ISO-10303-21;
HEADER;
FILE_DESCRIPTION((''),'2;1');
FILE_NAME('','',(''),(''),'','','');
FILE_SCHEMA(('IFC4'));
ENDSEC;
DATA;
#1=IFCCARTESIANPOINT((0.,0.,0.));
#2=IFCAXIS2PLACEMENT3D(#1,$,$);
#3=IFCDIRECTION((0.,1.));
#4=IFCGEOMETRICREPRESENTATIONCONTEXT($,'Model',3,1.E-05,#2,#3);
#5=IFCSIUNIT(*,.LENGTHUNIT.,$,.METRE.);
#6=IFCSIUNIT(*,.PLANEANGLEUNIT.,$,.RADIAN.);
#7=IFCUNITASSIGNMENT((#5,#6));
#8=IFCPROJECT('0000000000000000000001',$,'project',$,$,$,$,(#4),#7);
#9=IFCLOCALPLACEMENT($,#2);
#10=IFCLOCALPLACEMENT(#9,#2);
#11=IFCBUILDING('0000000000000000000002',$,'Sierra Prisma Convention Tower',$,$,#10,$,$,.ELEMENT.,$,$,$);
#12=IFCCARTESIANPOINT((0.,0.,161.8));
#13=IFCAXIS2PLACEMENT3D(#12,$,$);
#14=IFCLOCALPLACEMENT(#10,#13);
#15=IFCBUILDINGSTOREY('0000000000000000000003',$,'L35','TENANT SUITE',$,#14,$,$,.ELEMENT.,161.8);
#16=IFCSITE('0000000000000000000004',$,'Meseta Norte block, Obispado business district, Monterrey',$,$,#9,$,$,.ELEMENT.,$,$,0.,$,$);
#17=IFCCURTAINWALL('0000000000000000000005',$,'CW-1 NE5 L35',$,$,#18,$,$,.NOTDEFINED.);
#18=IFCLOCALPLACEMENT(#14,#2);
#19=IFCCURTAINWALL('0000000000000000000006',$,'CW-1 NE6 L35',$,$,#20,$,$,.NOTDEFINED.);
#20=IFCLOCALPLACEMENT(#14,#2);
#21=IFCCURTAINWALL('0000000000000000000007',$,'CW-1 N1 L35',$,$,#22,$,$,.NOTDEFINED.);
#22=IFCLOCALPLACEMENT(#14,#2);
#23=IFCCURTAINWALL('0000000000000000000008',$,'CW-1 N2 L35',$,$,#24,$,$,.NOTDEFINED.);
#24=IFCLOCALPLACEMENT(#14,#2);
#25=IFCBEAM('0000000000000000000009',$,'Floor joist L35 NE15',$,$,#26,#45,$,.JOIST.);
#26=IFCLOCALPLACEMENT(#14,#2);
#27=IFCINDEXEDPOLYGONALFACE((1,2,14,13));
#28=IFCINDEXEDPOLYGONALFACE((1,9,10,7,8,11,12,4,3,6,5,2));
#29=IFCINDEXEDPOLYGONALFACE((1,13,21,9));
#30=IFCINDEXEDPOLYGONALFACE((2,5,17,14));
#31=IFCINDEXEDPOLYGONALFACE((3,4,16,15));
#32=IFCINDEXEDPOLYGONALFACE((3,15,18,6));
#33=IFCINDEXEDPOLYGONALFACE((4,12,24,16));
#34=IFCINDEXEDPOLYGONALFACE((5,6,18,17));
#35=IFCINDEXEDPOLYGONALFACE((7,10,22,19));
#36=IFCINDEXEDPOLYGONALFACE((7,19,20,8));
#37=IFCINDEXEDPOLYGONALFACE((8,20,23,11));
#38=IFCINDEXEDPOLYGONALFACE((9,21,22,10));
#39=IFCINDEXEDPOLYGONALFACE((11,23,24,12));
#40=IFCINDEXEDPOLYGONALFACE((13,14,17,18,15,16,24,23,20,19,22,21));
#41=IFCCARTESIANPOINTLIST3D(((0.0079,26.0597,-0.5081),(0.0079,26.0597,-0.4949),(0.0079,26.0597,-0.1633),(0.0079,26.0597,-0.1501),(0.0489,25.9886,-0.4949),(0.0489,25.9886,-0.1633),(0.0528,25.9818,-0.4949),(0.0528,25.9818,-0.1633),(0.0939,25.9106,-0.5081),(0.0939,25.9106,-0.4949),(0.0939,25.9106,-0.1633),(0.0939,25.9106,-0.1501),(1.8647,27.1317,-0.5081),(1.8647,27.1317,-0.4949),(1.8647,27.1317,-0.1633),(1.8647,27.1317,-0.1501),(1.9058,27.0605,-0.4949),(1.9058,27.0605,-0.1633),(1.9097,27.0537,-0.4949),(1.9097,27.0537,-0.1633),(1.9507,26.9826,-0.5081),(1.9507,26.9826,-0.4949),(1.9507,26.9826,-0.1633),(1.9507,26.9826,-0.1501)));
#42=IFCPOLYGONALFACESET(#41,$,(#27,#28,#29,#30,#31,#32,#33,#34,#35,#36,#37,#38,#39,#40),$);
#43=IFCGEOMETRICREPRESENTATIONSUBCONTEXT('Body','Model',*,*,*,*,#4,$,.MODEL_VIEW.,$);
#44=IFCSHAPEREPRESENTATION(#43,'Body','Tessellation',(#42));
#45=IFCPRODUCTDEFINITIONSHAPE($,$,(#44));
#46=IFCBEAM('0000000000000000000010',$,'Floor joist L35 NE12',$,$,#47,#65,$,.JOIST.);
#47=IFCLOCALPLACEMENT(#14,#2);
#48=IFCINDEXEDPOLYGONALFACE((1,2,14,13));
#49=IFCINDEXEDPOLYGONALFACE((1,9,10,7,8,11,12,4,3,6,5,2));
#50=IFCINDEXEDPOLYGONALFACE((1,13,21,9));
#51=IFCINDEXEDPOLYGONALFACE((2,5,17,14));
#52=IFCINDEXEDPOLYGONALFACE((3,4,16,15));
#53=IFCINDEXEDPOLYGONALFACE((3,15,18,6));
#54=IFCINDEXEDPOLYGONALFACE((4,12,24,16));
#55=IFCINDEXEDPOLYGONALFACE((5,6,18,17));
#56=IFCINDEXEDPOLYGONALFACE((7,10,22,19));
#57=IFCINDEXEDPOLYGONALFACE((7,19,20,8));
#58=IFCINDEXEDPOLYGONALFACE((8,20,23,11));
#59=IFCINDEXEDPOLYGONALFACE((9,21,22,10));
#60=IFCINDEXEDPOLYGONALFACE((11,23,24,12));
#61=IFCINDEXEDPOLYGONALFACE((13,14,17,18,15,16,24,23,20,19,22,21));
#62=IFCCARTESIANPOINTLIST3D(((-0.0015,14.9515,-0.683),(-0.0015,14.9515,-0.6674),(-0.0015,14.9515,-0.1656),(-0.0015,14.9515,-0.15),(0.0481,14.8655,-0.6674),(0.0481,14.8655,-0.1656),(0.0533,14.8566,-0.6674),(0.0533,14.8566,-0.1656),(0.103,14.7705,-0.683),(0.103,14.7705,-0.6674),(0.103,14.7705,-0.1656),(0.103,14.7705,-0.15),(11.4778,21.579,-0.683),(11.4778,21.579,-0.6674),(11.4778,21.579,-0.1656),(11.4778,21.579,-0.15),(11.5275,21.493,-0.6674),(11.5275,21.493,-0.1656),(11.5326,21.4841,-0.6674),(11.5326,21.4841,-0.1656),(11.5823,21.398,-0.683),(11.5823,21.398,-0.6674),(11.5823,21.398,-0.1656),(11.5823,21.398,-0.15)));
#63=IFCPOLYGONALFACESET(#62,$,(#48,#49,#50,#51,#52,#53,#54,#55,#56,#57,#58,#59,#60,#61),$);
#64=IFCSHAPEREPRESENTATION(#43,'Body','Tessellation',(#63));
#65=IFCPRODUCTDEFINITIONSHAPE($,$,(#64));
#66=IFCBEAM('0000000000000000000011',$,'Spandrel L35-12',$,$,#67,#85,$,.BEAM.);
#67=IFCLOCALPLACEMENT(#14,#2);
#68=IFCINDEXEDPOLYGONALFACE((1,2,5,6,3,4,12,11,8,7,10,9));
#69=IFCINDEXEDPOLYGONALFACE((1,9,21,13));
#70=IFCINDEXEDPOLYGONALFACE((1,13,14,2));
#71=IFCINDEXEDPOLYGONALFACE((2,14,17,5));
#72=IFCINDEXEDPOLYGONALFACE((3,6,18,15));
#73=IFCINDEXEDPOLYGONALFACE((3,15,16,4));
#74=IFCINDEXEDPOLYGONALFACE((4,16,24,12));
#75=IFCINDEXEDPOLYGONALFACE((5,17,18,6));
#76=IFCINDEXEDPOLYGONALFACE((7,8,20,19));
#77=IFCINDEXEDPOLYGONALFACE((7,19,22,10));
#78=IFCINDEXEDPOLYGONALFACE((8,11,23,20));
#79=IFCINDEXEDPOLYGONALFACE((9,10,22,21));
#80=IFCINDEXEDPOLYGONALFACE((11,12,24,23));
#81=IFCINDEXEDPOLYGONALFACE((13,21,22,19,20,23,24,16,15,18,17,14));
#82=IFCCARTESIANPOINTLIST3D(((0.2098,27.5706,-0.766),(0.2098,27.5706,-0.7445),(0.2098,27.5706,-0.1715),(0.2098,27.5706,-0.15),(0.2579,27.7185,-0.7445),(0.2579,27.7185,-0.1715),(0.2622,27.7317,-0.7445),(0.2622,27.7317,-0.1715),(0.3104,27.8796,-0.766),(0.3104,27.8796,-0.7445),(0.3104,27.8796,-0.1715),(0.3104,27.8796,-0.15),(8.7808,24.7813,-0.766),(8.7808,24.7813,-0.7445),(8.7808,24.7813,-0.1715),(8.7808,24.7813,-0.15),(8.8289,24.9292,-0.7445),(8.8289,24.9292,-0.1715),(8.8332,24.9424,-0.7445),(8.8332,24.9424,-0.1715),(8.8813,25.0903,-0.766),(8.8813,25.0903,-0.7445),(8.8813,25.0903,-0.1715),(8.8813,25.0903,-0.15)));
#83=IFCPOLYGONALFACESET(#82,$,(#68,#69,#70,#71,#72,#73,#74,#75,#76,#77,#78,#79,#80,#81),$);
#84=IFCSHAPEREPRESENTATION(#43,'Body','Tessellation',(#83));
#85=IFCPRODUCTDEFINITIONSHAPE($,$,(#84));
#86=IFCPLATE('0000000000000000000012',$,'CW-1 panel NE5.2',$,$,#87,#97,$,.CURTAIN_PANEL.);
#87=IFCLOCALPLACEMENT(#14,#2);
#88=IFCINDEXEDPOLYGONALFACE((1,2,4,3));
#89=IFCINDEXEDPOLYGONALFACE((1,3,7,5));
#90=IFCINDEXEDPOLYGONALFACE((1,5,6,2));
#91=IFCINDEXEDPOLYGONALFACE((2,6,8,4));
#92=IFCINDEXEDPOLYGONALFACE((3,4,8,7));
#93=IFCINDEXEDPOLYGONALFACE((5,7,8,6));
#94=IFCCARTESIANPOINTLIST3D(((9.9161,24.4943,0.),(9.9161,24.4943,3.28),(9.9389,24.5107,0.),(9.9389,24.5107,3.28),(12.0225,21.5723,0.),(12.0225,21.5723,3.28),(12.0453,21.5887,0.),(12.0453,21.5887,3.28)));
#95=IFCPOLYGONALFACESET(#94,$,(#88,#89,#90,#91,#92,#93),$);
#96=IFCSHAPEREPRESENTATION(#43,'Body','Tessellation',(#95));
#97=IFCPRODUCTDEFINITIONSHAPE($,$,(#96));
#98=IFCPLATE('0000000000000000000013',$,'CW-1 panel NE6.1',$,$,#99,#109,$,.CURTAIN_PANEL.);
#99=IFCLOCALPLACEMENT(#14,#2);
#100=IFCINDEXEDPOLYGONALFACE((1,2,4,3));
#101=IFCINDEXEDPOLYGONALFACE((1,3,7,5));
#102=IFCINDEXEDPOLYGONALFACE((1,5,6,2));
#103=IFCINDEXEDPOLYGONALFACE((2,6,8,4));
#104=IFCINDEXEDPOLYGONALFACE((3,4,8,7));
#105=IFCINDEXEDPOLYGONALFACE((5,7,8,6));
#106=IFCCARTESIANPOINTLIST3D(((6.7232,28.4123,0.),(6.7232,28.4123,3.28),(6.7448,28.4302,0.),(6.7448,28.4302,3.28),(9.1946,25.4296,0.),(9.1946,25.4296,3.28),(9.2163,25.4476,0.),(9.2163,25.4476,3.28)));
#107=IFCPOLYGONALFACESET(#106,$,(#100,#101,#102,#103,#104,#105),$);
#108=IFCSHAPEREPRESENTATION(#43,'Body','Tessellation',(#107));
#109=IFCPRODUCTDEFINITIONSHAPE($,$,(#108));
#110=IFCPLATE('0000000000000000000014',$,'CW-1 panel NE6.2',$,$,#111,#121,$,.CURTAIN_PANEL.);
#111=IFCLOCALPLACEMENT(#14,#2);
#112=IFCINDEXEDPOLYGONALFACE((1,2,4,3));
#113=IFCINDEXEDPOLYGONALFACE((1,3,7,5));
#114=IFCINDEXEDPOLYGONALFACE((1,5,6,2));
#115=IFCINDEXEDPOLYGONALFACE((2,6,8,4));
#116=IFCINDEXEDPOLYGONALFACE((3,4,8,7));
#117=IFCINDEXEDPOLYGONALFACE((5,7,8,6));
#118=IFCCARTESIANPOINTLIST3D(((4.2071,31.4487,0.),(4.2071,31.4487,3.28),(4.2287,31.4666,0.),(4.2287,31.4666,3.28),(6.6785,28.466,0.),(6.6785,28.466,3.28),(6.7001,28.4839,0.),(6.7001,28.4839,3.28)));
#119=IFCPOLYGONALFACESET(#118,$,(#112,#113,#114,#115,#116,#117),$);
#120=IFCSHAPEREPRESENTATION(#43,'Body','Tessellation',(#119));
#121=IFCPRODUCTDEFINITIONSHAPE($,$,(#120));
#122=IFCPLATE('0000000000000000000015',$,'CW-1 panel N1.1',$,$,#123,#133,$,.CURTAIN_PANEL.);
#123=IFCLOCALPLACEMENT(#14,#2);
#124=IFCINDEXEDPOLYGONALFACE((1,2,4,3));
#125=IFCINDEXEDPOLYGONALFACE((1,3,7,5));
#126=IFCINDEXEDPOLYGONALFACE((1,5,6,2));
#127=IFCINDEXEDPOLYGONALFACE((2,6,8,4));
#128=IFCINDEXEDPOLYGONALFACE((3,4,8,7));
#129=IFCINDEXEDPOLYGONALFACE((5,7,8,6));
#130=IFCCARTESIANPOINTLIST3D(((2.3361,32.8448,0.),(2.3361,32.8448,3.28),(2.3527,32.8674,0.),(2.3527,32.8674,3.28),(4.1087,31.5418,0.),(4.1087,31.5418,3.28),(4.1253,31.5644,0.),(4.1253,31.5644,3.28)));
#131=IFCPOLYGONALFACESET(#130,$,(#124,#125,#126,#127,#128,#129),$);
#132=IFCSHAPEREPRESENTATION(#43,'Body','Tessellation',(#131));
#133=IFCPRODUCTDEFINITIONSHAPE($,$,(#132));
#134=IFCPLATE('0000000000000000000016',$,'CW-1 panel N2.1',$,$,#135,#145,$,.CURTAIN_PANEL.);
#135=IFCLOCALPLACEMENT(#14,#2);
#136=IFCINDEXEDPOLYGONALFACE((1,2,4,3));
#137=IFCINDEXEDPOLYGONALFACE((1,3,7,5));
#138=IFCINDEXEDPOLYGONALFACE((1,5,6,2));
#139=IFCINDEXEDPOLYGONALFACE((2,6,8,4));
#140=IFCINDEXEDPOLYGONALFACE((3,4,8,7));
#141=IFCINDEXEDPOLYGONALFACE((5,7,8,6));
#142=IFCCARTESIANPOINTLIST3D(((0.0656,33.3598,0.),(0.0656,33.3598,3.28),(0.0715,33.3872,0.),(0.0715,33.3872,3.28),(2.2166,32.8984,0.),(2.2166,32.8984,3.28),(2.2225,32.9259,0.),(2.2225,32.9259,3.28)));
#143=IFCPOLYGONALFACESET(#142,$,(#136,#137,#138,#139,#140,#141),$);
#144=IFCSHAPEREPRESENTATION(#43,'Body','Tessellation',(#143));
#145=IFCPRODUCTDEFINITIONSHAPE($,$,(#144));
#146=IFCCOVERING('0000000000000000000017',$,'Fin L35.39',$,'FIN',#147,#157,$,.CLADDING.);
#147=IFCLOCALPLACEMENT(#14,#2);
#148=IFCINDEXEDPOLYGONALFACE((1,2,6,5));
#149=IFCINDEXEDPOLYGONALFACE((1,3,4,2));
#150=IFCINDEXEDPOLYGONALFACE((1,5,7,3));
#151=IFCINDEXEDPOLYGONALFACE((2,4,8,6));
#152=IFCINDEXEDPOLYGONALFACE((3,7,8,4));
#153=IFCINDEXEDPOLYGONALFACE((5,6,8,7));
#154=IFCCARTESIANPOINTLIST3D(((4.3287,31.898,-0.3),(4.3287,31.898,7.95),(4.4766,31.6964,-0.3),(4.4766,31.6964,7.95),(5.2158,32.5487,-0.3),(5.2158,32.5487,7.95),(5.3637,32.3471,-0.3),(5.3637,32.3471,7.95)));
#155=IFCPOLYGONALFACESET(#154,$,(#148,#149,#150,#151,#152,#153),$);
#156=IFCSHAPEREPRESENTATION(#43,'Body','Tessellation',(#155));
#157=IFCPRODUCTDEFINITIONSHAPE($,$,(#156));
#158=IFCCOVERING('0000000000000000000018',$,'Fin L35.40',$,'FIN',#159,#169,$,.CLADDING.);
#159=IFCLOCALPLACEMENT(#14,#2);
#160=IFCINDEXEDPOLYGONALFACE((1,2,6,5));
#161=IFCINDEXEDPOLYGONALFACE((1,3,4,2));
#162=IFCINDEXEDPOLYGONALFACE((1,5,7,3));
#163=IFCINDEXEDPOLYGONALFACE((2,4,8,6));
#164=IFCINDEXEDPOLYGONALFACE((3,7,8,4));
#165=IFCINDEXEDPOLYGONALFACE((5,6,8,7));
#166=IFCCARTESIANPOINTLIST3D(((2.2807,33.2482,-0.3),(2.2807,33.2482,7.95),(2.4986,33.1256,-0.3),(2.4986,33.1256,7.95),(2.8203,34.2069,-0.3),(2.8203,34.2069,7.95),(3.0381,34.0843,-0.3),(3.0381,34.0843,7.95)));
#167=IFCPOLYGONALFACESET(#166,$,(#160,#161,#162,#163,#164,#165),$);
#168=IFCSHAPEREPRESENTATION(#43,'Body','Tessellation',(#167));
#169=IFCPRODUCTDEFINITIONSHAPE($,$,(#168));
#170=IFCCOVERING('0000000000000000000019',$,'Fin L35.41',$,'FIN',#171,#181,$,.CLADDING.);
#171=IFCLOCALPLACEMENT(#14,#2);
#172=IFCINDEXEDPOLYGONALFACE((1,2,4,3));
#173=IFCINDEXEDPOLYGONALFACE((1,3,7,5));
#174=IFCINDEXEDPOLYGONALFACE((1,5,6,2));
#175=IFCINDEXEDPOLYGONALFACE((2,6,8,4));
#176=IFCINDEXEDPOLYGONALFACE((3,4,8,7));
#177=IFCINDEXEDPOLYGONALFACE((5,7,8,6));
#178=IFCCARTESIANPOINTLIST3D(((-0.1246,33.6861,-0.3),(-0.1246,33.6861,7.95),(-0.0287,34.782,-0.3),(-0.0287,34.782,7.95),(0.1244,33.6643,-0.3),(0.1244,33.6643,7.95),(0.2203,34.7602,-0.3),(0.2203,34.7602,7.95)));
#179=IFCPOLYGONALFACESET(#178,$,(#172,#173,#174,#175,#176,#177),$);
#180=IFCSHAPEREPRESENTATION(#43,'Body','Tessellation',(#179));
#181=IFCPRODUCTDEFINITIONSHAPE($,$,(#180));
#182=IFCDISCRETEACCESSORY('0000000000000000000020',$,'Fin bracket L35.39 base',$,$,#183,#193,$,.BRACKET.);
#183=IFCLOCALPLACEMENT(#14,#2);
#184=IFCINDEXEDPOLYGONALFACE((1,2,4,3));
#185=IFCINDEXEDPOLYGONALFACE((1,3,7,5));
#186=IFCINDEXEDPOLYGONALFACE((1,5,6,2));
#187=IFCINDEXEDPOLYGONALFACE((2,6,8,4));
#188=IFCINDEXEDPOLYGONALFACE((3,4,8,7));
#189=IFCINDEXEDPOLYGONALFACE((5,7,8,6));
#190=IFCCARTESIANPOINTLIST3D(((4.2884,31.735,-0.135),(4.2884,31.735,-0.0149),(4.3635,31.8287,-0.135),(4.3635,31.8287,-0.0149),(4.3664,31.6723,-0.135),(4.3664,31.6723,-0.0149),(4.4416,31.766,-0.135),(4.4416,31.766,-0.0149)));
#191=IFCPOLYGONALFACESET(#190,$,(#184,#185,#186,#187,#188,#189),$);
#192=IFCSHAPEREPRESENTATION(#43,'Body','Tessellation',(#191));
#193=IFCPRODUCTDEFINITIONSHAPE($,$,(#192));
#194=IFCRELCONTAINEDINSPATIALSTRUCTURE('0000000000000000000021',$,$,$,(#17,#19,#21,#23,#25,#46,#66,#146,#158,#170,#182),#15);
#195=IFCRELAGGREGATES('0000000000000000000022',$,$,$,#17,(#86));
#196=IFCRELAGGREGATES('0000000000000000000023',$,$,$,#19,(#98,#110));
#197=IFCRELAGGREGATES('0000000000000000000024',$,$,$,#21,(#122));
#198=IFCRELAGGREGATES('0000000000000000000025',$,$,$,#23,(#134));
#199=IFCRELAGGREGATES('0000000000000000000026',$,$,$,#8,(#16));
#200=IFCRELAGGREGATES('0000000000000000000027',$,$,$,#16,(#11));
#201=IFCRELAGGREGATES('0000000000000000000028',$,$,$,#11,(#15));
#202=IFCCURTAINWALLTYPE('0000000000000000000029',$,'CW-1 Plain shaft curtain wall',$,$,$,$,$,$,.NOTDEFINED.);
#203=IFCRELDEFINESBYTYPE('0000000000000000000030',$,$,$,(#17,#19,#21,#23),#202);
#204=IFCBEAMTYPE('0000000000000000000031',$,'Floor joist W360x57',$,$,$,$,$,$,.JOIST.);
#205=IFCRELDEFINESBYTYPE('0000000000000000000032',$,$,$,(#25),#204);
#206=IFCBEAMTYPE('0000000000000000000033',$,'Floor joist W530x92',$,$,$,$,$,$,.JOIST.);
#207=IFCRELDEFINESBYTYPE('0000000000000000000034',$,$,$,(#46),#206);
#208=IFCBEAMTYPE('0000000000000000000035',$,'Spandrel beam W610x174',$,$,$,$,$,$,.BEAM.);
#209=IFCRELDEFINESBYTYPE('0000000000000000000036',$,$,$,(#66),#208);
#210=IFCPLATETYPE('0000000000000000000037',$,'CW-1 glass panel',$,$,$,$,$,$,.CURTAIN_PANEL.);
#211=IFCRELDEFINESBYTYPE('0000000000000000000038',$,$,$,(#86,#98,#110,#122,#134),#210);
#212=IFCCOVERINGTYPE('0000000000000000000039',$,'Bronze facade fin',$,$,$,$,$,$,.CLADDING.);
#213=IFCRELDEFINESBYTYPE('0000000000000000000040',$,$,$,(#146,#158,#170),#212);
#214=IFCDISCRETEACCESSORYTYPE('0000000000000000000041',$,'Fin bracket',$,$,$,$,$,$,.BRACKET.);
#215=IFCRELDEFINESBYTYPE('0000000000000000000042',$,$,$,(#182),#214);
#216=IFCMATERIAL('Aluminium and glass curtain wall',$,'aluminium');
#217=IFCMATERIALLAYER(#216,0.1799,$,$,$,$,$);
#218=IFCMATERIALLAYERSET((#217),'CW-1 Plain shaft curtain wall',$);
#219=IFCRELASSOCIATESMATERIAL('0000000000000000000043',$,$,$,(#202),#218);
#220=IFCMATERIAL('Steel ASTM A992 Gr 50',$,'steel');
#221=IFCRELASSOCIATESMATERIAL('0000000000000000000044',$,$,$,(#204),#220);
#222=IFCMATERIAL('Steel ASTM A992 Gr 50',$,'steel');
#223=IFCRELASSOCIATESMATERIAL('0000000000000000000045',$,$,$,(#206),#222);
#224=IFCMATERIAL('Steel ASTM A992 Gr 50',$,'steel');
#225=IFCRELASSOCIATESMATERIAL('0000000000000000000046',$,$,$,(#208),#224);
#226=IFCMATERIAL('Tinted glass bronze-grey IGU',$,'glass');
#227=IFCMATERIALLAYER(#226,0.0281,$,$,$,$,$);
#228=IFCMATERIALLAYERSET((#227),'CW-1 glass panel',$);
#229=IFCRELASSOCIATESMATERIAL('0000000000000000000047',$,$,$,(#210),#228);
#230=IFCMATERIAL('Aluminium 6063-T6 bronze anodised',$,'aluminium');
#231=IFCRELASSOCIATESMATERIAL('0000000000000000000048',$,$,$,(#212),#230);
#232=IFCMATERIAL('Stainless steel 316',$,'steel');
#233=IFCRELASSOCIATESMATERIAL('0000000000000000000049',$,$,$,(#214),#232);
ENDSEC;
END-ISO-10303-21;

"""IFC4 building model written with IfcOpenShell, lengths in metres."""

from ifc_helpers import new_model, si_unit, direction, frame, origin, origin_2d, place, context, subcontext, project, spatial, rectangle, i_section, extrude, material, layer, layer_set, material_profile, profile_set, type_object, element, aggregate, save


model = new_model("IFC4")

# Units and contexts
model_context = context("Model", 3, precision=1e-05, world=origin(), true_north=direction((0.0, 1.0)))
body_context = subcontext(model_context, "Body", "Model", "MODEL_VIEW")
ifc_project = project(units=[si_unit("LENGTHUNIT", "METRE"), si_unit("PLANEANGLEUNIT", "RADIAN")], contexts=[model_context])

# Site, building, storey
site_placement = place(None, origin())
site = spatial("IfcSite", under=ifc_project, at=site_placement, Name="Meseta Norte block, Obispado business district, Monterrey", CompositionType="ELEMENT", RefElevation=0.0)
building_placement = place(site_placement, origin())
building = spatial("IfcBuilding", under=site, at=building_placement, Name="Sierra Prisma Convention Tower", CompositionType="ELEMENT")
storey_placement = place(building_placement, frame((0.0, 0.0, 161.8)))
storey = spatial("IfcBuildingStorey", under=building, at=storey_placement, Name="L35", Description="TENANT SUITE", CompositionType="ELEMENT", Elevation=161.8)

# Curtain wall
ifc_material_1 = material(Name="Aluminium and glass curtain wall", Category="aluminium")
ifc_layer_1 = layer(ifc_material_1, 0.1799)
ifc_layer_set_1 = layer_set([ifc_layer_1], Name="CW-1 Plain shaft curtain wall")
curtain_wall_type = type_object("IfcCurtainWallType", Name="CW-1 Plain shaft curtain wall", PredefinedType="NOTDEFINED", material=ifc_layer_set_1)
curtain_wall_1_placement = place(storey_placement, origin())
curtain_wall_1 = element("IfcCurtainWall", 1, at=curtain_wall_1_placement, inside=storey, type_object=curtain_wall_type, Name="CW-1 NE5 L35", PredefinedType="NOTDEFINED")

# Curtain walls
curtain_wall_2_placement = place(storey_placement, origin())
curtain_wall_2 = element("IfcCurtainWall", 2, at=curtain_wall_2_placement, inside=storey, type_object=curtain_wall_type, Name="CW-1 NE6 L35", PredefinedType="NOTDEFINED")
curtain_wall_3_placement = place(storey_placement, origin())
curtain_wall_3 = element("IfcCurtainWall", 3, at=curtain_wall_3_placement, inside=storey, type_object=curtain_wall_type, Name="CW-1 N1 L35", PredefinedType="NOTDEFINED")
curtain_wall_4_placement = place(storey_placement, origin())
curtain_wall_4 = element("IfcCurtainWall", 4, at=curtain_wall_4_placement, inside=storey, type_object=curtain_wall_type, Name="CW-1 N2 L35", PredefinedType="NOTDEFINED")

# Beams
ifc_material_2 = material(Name="Steel ASTM A992 Gr 50", Category="steel")
ifc_material_profile_1 = material_profile(ifc_material_2, i_section(OverallWidth=0.1721, OverallDepth=0.3579, WebThickness=0.0078, FlangeThickness=0.0132, at=origin_2d()), Name="W360x57")
ifc_profile_set_1 = profile_set([ifc_material_profile_1], Name="Steel ASTM A992 Gr 50")
beam_type_1 = type_object("IfcBeamType", Name="Floor joist W360x57", PredefinedType="JOIST", material=ifc_profile_set_1)
beam_1_placement = place(storey_placement, frame((1.9077, 27.0571, -0.3291), z_axis=(-0.866041, -0.499972, 0.0), x_axis=(0.499972, -0.866041, 0.0)))
element("IfcBeam", 5, at=beam_1_placement, inside=storey, type_object=beam_type_1, Name="Floor joist L35 NE15", PredefinedType="JOIST", context=body_context, shape_type="SweptSolid", body=[
    extrude(i_section(OverallWidth=0.1721, OverallDepth=0.3579, WebThickness=0.0078, FlangeThickness=0.0132, at=origin_2d()), origin(), (0.0, 0.0, 1.0), 2.144),
])
ifc_material_3 = material(Name="Steel ASTM A992 Gr 50", Category="steel")
ifc_material_profile_2 = material_profile(ifc_material_3, i_section(OverallWidth=0.209, OverallDepth=0.533, WebThickness=0.0103, FlangeThickness=0.0156, at=origin_2d()), Name="W530x92")
ifc_profile_set_2 = profile_set([ifc_material_profile_2], Name="Steel ASTM A992 Gr 50")
beam_type_2 = type_object("IfcBeamType", Name="Floor joist W530x92", PredefinedType="JOIST", material=ifc_profile_set_2)
beam_2_placement = place(storey_placement, frame((11.53, 21.4885, -0.4165), z_axis=(-0.866029, -0.499994, 0.0), x_axis=(0.499994, -0.866029, 0.0)))
element("IfcBeam", 6, at=beam_2_placement, inside=storey, type_object=beam_type_2, Name="Floor joist L35 NE12", PredefinedType="JOIST", context=body_context, shape_type="SweptSolid", body=[
    extrude(i_section(OverallWidth=0.209, OverallDepth=0.533, WebThickness=0.0103, FlangeThickness=0.0156, at=origin_2d()), origin(), (0.0, 0.0, 1.0), 13.2551),
])
ifc_material_4 = material(Name="Steel ASTM A992 Gr 50", Category="steel")
ifc_material_profile_3 = material_profile(ifc_material_4, i_section(OverallWidth=0.325, OverallDepth=0.616, WebThickness=0.0139, FlangeThickness=0.0215, at=origin_2d()), Name="W610x174")
ifc_profile_set_3 = profile_set([ifc_material_profile_3], Name="Steel ASTM A992 Gr 50")
beam_type_3 = type_object("IfcBeamType", Name="Spandrel beam W610x174", PredefinedType="BEAM", material=ifc_profile_set_3)
beam_3_placement = place(storey_placement, frame((8.8311, 24.9358, -0.458), z_axis=(-0.950913, 0.309459, 0.0), x_axis=(-0.309459, -0.950913, 0.0)))
element("IfcBeam", 7, at=beam_3_placement, inside=storey, type_object=beam_type_3, Name="Spandrel L35-12", PredefinedType="BEAM", context=body_context, shape_type="SweptSolid", body=[
    extrude(i_section(OverallWidth=0.325, OverallDepth=0.616, WebThickness=0.0139, FlangeThickness=0.0215, at=origin_2d()), origin(), (0.0, 0.0, 1.0), 9.0134),
])

# Plates
ifc_material_5 = material(Name="Tinted glass bronze-grey IGU", Category="glass")
ifc_layer_2 = layer(ifc_material_5, 0.0281)
ifc_layer_set_2 = layer_set([ifc_layer_2], Name="CW-1 glass panel")
plate_type = type_object("IfcPlateType", Name="CW-1 glass panel", PredefinedType="CURTAIN_PANEL", material=ifc_layer_set_2)
plate_1_placement = place(storey_placement, frame((10.9807, 23.0415, 0.0), z_axis=(0.0, 0.0, 1.0), x_axis=(-0.584776, 0.811195, 0.0)))
plate_1 = element("IfcPlate", 8, at=plate_1_placement, type_object=plate_type, Name="CW-1 panel NE5.2", PredefinedType="CURTAIN_PANEL", context=body_context, shape_type="SweptSolid", body=[
    extrude(rectangle(XDim=3.6021, YDim=0.0281, at=origin_2d()), origin(), (0.0, 0.0, 1.0), 3.28),
])
aggregate(curtain_wall_1, [plate_1])
plate_2_placement = place(storey_placement, frame((7.9697, 26.9299, 0.0), z_axis=(0.0, 0.0, 1.0), x_axis=(-0.638033, 0.770009, 0.0)))
plate_2 = element("IfcPlate", 9, at=plate_2_placement, type_object=plate_type, Name="CW-1 panel NE6.1", PredefinedType="CURTAIN_PANEL", context=body_context, shape_type="SweptSolid", body=[
    extrude(rectangle(XDim=3.8735, YDim=0.0281, at=origin_2d()), origin(), (0.0, 0.0, 1.0), 3.28),
])
plate_3_placement = place(storey_placement, frame((5.4536, 29.9663, 0.0), z_axis=(0.0, 0.0, 1.0), x_axis=(-0.638033, 0.770009, 0.0)))
plate_3 = element("IfcPlate", 10, at=plate_3_placement, type_object=plate_type, Name="CW-1 panel NE6.2", PredefinedType="CURTAIN_PANEL", context=body_context, shape_type="SweptSolid", body=[
    extrude(rectangle(XDim=3.8735, YDim=0.0281, at=origin_2d()), origin(), (0.0, 0.0, 1.0), 3.28),
])
aggregate(curtain_wall_2, [plate_2, plate_3])
plate_4_placement = place(storey_placement, frame((3.2307, 32.2046, 0.0), z_axis=(0.0, 0.0, 1.0), x_axis=(-0.805729, 0.592284, 0.0)))
plate_4 = element("IfcPlate", 11, at=plate_4_placement, type_object=plate_type, Name="CW-1 panel N1.1", PredefinedType="CURTAIN_PANEL", context=body_context, shape_type="SweptSolid", body=[
    extrude(rectangle(XDim=2.2, YDim=0.0281, at=origin_2d()), origin(), (0.0, 0.0, 1.0), 3.28),
])
aggregate(curtain_wall_3, [plate_4])
plate_5_placement = place(storey_placement, frame((1.144, 33.1428, 0.0), z_axis=(0.0, 0.0, 1.0), x_axis=(-0.97776, 0.209728, 0.0)))
plate_5 = element("IfcPlate", 12, at=plate_5_placement, type_object=plate_type, Name="CW-1 panel N2.1", PredefinedType="CURTAIN_PANEL", context=body_context, shape_type="SweptSolid", body=[
    extrude(rectangle(XDim=2.2, YDim=0.0281, at=origin_2d()), origin(), (0.0, 0.0, 1.0), 3.28),
])
aggregate(curtain_wall_4, [plate_5])

# Coverings
ifc_material_6 = material(Name="Aluminium 6063-T6 bronze anodised", Category="aluminium")
ifc_material_profile_4 = material_profile(ifc_material_6, rectangle(XDim=1.1001, YDim=0.25, at=origin_2d()), Name="ALU FIN 1100x250")
ifc_profile_set_4 = profile_set([ifc_material_profile_4], Name="Aluminium 6063-T6 bronze anodised")
covering_type = type_object("IfcCoveringType", Name="Bronze facade fin", PredefinedType="CLADDING", material=ifc_profile_set_4)
for number, where, z_axis, x_axis, name in (
    (13, (4.8462, 32.1226, -0.3), (0.0, 0.0, 1.0), (0.806347, 0.591443, 0.0), "Fin L35.39"),
    (14, (2.6594, 33.6663, -0.3), (0.0, 0.0, 1.0), (0.490452, 0.871468, 0.0), "Fin L35.40"),
    (15, (0.0479, 34.2231, -0.3), (0.0, 0.0, 1.0), (0.087156, 0.996195, 0.0), "Fin L35.41"),
):
    element("IfcCovering", number, at=place(storey_placement, frame(where, z_axis=z_axis, x_axis=x_axis)), inside=storey, type_object=covering_type, Name=name, ObjectType="FIN", PredefinedType="CLADDING", context=body_context, shape_type="SweptSolid", body=[
        extrude(rectangle(XDim=1.1001, YDim=0.25, at=origin_2d()), origin(), (0.0, 0.0, 1.0), 8.25),
    ])

# Discrete accessory
ifc_material_7 = material(Name="Stainless steel 316", Category="steel")
discrete_accessory_type = type_object("IfcDiscreteAccessoryType", Name="Fin bracket", PredefinedType="BRACKET", material=ifc_material_7)
for number, where, z_axis, x_axis, name in (
    (16, (4.365, 31.7505, -0.135), (0.0, 0.0, 1.0), (0.625795, 0.779988, 0.0), "Fin bracket L35.39 base"),
):
    element("IfcDiscreteAccessory", number, at=place(storey_placement, frame(where, z_axis=z_axis, x_axis=x_axis)), inside=storey, type_object=discrete_accessory_type, Name=name, PredefinedType="BRACKET", context=body_context, shape_type="SweptSolid", body=[
        extrude(rectangle(XDim=0.1201, YDim=0.1001, at=origin_2d()), origin(), (0.0, 0.0, 1.0), 0.1201),
    ])

save(model, "model.ifc")
